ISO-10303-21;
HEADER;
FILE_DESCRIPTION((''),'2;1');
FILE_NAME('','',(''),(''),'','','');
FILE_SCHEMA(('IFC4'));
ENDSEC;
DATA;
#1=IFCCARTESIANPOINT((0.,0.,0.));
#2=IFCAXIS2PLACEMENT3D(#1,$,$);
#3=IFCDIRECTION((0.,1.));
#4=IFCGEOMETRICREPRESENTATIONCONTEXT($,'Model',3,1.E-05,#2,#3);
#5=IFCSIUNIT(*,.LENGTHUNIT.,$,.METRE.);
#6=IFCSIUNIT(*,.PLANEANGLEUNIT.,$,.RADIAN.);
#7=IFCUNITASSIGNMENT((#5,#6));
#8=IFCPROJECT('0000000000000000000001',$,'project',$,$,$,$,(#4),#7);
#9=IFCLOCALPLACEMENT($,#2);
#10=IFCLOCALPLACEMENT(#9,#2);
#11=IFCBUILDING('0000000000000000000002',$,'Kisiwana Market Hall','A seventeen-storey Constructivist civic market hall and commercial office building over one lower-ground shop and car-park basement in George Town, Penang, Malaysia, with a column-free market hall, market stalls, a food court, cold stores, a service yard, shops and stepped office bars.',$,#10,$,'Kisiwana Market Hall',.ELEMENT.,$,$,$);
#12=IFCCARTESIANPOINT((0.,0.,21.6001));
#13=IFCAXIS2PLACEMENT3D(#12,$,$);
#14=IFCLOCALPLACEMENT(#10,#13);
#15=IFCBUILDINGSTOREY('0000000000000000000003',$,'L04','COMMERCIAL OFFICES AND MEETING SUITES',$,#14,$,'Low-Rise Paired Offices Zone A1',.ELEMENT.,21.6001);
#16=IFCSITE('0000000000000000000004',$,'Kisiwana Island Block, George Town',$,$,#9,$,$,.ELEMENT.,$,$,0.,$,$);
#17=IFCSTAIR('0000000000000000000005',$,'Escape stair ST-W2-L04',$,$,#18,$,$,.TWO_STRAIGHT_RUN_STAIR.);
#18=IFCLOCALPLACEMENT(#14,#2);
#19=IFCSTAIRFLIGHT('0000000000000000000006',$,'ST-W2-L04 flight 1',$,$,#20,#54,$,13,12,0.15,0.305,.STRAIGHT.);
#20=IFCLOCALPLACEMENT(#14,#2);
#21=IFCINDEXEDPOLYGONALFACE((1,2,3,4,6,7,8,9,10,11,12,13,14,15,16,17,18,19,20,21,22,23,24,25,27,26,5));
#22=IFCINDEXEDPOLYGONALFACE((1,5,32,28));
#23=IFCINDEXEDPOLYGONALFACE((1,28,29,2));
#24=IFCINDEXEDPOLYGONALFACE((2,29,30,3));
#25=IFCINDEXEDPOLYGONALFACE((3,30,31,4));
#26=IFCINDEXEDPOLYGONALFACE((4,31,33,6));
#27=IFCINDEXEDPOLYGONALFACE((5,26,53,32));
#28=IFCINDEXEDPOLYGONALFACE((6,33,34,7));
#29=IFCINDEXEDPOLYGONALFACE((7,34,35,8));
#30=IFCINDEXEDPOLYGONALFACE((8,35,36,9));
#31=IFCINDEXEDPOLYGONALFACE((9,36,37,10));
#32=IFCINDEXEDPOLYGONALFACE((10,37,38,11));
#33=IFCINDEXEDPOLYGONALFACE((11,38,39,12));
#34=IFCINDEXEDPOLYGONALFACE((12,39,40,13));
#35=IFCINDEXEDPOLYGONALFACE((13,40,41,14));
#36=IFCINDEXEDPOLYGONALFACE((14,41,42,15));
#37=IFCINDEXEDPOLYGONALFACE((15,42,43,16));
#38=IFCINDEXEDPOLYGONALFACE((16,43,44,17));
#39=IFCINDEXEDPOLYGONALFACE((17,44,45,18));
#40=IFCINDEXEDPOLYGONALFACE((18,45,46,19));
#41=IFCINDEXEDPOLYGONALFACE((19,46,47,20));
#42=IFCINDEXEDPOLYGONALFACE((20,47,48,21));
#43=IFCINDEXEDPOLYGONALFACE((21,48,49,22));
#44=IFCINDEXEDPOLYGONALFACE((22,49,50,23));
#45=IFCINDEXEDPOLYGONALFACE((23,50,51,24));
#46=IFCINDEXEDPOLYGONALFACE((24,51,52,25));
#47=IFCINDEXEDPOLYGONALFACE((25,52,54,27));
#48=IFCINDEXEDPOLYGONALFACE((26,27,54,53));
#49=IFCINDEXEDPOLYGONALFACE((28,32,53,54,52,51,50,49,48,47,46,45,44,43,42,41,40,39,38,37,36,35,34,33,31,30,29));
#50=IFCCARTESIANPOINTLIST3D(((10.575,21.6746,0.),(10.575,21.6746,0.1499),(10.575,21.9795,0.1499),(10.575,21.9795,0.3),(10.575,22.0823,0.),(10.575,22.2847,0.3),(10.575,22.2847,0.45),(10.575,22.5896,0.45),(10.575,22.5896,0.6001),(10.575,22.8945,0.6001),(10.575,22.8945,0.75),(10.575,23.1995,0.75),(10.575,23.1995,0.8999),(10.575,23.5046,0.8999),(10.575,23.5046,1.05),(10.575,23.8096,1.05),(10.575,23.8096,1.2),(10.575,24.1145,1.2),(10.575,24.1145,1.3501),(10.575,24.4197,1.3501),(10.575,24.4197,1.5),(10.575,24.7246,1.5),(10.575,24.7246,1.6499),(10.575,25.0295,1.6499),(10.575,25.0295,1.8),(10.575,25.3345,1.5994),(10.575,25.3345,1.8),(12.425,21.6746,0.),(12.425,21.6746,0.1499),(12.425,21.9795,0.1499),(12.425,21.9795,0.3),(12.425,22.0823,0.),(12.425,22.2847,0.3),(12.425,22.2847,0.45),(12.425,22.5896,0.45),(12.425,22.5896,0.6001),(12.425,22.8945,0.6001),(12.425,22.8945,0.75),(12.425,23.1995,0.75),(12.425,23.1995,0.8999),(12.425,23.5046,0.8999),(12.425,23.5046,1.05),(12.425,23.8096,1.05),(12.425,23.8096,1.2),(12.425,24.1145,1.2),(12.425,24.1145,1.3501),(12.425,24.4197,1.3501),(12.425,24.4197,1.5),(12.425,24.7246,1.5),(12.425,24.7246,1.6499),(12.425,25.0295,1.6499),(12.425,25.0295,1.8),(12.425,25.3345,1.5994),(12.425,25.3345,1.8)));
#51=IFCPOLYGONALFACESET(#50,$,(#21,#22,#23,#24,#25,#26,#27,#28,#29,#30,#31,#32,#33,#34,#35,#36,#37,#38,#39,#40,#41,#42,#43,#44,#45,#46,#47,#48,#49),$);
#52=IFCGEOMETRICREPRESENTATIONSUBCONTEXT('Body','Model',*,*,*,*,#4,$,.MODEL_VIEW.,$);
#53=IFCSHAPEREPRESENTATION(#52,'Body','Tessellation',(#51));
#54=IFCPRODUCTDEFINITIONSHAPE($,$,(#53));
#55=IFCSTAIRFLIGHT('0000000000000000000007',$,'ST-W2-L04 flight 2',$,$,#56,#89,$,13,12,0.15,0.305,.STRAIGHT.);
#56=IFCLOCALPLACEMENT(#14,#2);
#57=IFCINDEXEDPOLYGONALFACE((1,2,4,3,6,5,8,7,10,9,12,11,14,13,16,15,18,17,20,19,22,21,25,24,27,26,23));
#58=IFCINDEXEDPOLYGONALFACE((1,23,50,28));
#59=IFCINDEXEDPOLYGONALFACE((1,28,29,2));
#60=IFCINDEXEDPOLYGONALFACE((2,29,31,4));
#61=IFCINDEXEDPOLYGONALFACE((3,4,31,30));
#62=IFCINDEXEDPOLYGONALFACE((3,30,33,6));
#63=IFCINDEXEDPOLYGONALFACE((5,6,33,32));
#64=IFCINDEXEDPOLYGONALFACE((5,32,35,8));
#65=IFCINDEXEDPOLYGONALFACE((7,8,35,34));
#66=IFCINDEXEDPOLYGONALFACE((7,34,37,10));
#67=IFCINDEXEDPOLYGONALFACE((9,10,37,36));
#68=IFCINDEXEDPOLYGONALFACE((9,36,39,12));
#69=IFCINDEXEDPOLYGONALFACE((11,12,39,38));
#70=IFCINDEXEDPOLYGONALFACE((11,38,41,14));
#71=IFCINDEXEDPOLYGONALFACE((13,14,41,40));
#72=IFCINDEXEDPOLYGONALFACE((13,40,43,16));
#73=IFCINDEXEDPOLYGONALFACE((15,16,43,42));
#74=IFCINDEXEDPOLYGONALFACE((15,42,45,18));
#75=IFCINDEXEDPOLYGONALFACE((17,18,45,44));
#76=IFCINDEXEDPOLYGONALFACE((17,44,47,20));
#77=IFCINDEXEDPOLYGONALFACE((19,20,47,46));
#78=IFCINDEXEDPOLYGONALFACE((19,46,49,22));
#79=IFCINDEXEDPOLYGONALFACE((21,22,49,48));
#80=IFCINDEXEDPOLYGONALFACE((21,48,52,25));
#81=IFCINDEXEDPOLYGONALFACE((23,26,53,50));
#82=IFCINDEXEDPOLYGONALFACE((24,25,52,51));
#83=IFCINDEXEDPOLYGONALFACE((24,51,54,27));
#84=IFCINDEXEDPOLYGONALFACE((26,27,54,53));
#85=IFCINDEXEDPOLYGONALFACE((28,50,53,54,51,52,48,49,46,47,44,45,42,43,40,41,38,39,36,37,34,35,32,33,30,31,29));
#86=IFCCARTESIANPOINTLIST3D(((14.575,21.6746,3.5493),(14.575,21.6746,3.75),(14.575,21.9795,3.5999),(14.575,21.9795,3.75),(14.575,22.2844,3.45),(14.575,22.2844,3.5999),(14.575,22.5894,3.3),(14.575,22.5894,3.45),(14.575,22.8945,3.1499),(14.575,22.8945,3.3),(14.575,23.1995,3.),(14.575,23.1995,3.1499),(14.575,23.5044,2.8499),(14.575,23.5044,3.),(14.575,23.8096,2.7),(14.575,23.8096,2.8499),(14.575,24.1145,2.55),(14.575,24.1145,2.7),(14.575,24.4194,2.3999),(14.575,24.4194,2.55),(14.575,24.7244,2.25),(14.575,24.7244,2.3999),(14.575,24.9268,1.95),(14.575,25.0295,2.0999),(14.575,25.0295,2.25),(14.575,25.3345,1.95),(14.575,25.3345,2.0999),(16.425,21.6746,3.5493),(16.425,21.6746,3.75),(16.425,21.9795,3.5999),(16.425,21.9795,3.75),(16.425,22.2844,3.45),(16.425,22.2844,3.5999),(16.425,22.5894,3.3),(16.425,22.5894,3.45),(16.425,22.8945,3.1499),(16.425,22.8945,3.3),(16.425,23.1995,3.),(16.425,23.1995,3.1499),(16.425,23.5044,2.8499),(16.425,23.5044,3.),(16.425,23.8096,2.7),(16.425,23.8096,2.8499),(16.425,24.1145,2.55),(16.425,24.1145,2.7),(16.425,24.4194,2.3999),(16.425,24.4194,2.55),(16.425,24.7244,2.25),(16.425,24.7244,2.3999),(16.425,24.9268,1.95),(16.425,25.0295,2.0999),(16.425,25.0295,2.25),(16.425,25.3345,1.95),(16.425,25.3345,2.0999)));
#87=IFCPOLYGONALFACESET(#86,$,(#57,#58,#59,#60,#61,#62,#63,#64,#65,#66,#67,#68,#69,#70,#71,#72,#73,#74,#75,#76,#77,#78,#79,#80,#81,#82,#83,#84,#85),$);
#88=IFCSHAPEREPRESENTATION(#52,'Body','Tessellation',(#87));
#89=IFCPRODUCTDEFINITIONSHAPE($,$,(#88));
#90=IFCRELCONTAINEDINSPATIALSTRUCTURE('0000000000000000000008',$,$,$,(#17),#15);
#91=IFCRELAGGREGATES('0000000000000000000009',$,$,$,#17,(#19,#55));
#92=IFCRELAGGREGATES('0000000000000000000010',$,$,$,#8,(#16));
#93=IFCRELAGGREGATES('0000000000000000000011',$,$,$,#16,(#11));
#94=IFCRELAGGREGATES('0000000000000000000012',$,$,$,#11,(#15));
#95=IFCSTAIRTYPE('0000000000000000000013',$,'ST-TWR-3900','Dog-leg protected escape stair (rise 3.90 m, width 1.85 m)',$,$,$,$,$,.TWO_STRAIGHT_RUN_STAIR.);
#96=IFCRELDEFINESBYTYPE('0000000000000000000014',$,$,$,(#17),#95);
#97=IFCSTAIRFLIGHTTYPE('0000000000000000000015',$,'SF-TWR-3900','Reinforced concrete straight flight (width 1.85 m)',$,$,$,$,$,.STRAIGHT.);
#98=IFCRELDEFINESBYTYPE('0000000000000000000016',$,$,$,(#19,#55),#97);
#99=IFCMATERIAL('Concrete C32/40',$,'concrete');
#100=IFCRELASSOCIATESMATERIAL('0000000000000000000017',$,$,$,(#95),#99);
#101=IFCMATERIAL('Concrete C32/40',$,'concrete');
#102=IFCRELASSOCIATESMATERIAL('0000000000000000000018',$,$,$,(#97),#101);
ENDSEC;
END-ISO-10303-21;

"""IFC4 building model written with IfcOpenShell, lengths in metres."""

from ifc_helpers import new_model, si_unit, direction, frame, origin, place, context, subcontext, project, spatial, polyline, outline, extrude, material, type_object, element, aggregate, save


model = new_model("IFC4")

# Units and contexts
model_context = context("Model", 3, precision=1e-05, world=origin(), true_north=direction((0.0, 1.0)))
body_context = subcontext(model_context, "Body", "Model", "MODEL_VIEW")
ifc_project = project(units=[si_unit("LENGTHUNIT", "METRE"), si_unit("PLANEANGLEUNIT", "RADIAN")], contexts=[model_context])

# Site, building, storey
site_placement = place(None, origin())
site = spatial("IfcSite", under=ifc_project, at=site_placement, Name="Kisiwana Island Block, George Town", CompositionType="ELEMENT", RefElevation=0.0)
building_placement = place(site_placement, origin())
building = spatial("IfcBuilding", under=site, at=building_placement, Name="Kisiwana Market Hall", Description="A seventeen-storey Constructivist civic market hall and commercial office building over one lower-ground shop and car-park basement in George Town, Penang, Malaysia, with a column-free market hall, market stalls, a food court, cold stores, a service yard, shops and stepped office bars.", LongName="Kisiwana Market Hall", CompositionType="ELEMENT")
storey_placement = place(building_placement, frame((0.0, 0.0, 21.6001)))
storey = spatial("IfcBuildingStorey", under=building, at=storey_placement, Name="L04", Description="COMMERCIAL OFFICES AND MEETING SUITES", LongName="Low-Rise Paired Offices Zone A1", CompositionType="ELEMENT", Elevation=21.6001)

# Stair, stair flights
ifc_material_1 = material(Name="Concrete C32/40", Category="concrete")
stair_type = type_object("IfcStairType", Name="ST-TWR-3900", Description="Dog-leg protected escape stair (rise 3.90 m, width 1.85 m)", PredefinedType="TWO_STRAIGHT_RUN_STAIR", material=ifc_material_1)
stair_placement = place(storey_placement, origin())
stair = element("IfcStair", 1, at=stair_placement, inside=storey, type_object=stair_type, Name="Escape stair ST-W2-L04", PredefinedType="TWO_STRAIGHT_RUN_STAIR")
ifc_material_2 = material(Name="Concrete C32/40", Category="concrete")
stair_flight_type = type_object("IfcStairFlightType", Name="SF-TWR-3900", Description="Reinforced concrete straight flight (width 1.85 m)", PredefinedType="STRAIGHT", material=ifc_material_2)
stair_flight_1_placement = place(storey_placement, frame((11.5, 21.6746, 0.0), z_axis=(0.0, 0.0, 1.0), x_axis=(0.0, 1.0, 0.0)))
stair_flight_1 = element("IfcStairFlight", 2, at=stair_flight_1_placement, type_object=stair_flight_type, Name="ST-W2-L04 flight 1", NumberOfRisers=13, NumberOfTreads=12, PredefinedType="STRAIGHT", RiserHeight=0.15, TreadLength=0.305, context=body_context, shape_type="SweptSolid", body=[
    extrude(outline(polyline([(0.0, 0.0), (0.0, 0.1499), (0.3049, 0.1499), (0.3049, 0.3), (0.6101, 0.3), (0.6101, 0.45), (0.915, 0.45), (0.915, 0.6001), (1.22, 0.6001), (1.22, 0.75), (1.5249, 0.75), (1.5249, 0.8999), (1.8301, 0.8999), (1.8301, 1.05), (2.135, 1.05), (2.135, 1.2), (2.4399, 1.2), (2.4399, 1.3501), (2.7451, 1.3501), (2.7451, 1.5), (3.05, 1.5), (3.05, 1.6499), (3.355, 1.6499), (3.355, 1.8), (3.6599, 1.8), (3.6599, 1.95), (3.6599, 1.5994), (0.4077, 0.0), (0.0, 0.0)])), frame((0.0, 0.925, 0.0), z_axis=(0.0, -1.0, 0.0), x_axis=(1.0, 0.0, 0.0)), (0.0, 0.0, 1.0), 1.8501),
])
stair_flight_2_placement = place(storey_placement, frame((15.5, 25.3345, 1.95), z_axis=(0.0, 0.0, 1.0), x_axis=(0.0, -1.0, 0.0)))
stair_flight_2 = element("IfcStairFlight", 3, at=stair_flight_2_placement, type_object=stair_flight_type, Name="ST-W2-L04 flight 2", NumberOfRisers=13, NumberOfTreads=12, PredefinedType="STRAIGHT", RiserHeight=0.15, TreadLength=0.305, context=body_context, shape_type="SweptSolid", body=[
    extrude(outline(polyline([(0.0, 0.0), (0.0, 0.1499), (0.3049, 0.1499), (0.3049, 0.3), (0.6101, 0.3), (0.6101, 0.45), (0.915, 0.45), (0.915, 0.6001), (1.22, 0.6001), (1.22, 0.75), (1.5249, 0.75), (1.5249, 0.8999), (1.8301, 0.8999), (1.8301, 1.05), (2.135, 1.05), (2.135, 1.2), (2.4399, 1.2), (2.4399, 1.3501), (2.7451, 1.3501), (2.7451, 1.5), (3.05, 1.5), (3.05, 1.6499), (3.355, 1.6499), (3.355, 1.8), (3.6599, 1.8), (3.6599, 1.95), (3.6599, 1.5994), (0.4077, 0.0), (0.0, 0.0)])), frame((0.0, 0.925, 0.0), z_axis=(0.0, -1.0, 0.0), x_axis=(1.0, 0.0, 0.0)), (0.0, 0.0, 1.0), 1.8501),
])
aggregate(stair, [stair_flight_1, stair_flight_2])

save(model, "model.ifc")
